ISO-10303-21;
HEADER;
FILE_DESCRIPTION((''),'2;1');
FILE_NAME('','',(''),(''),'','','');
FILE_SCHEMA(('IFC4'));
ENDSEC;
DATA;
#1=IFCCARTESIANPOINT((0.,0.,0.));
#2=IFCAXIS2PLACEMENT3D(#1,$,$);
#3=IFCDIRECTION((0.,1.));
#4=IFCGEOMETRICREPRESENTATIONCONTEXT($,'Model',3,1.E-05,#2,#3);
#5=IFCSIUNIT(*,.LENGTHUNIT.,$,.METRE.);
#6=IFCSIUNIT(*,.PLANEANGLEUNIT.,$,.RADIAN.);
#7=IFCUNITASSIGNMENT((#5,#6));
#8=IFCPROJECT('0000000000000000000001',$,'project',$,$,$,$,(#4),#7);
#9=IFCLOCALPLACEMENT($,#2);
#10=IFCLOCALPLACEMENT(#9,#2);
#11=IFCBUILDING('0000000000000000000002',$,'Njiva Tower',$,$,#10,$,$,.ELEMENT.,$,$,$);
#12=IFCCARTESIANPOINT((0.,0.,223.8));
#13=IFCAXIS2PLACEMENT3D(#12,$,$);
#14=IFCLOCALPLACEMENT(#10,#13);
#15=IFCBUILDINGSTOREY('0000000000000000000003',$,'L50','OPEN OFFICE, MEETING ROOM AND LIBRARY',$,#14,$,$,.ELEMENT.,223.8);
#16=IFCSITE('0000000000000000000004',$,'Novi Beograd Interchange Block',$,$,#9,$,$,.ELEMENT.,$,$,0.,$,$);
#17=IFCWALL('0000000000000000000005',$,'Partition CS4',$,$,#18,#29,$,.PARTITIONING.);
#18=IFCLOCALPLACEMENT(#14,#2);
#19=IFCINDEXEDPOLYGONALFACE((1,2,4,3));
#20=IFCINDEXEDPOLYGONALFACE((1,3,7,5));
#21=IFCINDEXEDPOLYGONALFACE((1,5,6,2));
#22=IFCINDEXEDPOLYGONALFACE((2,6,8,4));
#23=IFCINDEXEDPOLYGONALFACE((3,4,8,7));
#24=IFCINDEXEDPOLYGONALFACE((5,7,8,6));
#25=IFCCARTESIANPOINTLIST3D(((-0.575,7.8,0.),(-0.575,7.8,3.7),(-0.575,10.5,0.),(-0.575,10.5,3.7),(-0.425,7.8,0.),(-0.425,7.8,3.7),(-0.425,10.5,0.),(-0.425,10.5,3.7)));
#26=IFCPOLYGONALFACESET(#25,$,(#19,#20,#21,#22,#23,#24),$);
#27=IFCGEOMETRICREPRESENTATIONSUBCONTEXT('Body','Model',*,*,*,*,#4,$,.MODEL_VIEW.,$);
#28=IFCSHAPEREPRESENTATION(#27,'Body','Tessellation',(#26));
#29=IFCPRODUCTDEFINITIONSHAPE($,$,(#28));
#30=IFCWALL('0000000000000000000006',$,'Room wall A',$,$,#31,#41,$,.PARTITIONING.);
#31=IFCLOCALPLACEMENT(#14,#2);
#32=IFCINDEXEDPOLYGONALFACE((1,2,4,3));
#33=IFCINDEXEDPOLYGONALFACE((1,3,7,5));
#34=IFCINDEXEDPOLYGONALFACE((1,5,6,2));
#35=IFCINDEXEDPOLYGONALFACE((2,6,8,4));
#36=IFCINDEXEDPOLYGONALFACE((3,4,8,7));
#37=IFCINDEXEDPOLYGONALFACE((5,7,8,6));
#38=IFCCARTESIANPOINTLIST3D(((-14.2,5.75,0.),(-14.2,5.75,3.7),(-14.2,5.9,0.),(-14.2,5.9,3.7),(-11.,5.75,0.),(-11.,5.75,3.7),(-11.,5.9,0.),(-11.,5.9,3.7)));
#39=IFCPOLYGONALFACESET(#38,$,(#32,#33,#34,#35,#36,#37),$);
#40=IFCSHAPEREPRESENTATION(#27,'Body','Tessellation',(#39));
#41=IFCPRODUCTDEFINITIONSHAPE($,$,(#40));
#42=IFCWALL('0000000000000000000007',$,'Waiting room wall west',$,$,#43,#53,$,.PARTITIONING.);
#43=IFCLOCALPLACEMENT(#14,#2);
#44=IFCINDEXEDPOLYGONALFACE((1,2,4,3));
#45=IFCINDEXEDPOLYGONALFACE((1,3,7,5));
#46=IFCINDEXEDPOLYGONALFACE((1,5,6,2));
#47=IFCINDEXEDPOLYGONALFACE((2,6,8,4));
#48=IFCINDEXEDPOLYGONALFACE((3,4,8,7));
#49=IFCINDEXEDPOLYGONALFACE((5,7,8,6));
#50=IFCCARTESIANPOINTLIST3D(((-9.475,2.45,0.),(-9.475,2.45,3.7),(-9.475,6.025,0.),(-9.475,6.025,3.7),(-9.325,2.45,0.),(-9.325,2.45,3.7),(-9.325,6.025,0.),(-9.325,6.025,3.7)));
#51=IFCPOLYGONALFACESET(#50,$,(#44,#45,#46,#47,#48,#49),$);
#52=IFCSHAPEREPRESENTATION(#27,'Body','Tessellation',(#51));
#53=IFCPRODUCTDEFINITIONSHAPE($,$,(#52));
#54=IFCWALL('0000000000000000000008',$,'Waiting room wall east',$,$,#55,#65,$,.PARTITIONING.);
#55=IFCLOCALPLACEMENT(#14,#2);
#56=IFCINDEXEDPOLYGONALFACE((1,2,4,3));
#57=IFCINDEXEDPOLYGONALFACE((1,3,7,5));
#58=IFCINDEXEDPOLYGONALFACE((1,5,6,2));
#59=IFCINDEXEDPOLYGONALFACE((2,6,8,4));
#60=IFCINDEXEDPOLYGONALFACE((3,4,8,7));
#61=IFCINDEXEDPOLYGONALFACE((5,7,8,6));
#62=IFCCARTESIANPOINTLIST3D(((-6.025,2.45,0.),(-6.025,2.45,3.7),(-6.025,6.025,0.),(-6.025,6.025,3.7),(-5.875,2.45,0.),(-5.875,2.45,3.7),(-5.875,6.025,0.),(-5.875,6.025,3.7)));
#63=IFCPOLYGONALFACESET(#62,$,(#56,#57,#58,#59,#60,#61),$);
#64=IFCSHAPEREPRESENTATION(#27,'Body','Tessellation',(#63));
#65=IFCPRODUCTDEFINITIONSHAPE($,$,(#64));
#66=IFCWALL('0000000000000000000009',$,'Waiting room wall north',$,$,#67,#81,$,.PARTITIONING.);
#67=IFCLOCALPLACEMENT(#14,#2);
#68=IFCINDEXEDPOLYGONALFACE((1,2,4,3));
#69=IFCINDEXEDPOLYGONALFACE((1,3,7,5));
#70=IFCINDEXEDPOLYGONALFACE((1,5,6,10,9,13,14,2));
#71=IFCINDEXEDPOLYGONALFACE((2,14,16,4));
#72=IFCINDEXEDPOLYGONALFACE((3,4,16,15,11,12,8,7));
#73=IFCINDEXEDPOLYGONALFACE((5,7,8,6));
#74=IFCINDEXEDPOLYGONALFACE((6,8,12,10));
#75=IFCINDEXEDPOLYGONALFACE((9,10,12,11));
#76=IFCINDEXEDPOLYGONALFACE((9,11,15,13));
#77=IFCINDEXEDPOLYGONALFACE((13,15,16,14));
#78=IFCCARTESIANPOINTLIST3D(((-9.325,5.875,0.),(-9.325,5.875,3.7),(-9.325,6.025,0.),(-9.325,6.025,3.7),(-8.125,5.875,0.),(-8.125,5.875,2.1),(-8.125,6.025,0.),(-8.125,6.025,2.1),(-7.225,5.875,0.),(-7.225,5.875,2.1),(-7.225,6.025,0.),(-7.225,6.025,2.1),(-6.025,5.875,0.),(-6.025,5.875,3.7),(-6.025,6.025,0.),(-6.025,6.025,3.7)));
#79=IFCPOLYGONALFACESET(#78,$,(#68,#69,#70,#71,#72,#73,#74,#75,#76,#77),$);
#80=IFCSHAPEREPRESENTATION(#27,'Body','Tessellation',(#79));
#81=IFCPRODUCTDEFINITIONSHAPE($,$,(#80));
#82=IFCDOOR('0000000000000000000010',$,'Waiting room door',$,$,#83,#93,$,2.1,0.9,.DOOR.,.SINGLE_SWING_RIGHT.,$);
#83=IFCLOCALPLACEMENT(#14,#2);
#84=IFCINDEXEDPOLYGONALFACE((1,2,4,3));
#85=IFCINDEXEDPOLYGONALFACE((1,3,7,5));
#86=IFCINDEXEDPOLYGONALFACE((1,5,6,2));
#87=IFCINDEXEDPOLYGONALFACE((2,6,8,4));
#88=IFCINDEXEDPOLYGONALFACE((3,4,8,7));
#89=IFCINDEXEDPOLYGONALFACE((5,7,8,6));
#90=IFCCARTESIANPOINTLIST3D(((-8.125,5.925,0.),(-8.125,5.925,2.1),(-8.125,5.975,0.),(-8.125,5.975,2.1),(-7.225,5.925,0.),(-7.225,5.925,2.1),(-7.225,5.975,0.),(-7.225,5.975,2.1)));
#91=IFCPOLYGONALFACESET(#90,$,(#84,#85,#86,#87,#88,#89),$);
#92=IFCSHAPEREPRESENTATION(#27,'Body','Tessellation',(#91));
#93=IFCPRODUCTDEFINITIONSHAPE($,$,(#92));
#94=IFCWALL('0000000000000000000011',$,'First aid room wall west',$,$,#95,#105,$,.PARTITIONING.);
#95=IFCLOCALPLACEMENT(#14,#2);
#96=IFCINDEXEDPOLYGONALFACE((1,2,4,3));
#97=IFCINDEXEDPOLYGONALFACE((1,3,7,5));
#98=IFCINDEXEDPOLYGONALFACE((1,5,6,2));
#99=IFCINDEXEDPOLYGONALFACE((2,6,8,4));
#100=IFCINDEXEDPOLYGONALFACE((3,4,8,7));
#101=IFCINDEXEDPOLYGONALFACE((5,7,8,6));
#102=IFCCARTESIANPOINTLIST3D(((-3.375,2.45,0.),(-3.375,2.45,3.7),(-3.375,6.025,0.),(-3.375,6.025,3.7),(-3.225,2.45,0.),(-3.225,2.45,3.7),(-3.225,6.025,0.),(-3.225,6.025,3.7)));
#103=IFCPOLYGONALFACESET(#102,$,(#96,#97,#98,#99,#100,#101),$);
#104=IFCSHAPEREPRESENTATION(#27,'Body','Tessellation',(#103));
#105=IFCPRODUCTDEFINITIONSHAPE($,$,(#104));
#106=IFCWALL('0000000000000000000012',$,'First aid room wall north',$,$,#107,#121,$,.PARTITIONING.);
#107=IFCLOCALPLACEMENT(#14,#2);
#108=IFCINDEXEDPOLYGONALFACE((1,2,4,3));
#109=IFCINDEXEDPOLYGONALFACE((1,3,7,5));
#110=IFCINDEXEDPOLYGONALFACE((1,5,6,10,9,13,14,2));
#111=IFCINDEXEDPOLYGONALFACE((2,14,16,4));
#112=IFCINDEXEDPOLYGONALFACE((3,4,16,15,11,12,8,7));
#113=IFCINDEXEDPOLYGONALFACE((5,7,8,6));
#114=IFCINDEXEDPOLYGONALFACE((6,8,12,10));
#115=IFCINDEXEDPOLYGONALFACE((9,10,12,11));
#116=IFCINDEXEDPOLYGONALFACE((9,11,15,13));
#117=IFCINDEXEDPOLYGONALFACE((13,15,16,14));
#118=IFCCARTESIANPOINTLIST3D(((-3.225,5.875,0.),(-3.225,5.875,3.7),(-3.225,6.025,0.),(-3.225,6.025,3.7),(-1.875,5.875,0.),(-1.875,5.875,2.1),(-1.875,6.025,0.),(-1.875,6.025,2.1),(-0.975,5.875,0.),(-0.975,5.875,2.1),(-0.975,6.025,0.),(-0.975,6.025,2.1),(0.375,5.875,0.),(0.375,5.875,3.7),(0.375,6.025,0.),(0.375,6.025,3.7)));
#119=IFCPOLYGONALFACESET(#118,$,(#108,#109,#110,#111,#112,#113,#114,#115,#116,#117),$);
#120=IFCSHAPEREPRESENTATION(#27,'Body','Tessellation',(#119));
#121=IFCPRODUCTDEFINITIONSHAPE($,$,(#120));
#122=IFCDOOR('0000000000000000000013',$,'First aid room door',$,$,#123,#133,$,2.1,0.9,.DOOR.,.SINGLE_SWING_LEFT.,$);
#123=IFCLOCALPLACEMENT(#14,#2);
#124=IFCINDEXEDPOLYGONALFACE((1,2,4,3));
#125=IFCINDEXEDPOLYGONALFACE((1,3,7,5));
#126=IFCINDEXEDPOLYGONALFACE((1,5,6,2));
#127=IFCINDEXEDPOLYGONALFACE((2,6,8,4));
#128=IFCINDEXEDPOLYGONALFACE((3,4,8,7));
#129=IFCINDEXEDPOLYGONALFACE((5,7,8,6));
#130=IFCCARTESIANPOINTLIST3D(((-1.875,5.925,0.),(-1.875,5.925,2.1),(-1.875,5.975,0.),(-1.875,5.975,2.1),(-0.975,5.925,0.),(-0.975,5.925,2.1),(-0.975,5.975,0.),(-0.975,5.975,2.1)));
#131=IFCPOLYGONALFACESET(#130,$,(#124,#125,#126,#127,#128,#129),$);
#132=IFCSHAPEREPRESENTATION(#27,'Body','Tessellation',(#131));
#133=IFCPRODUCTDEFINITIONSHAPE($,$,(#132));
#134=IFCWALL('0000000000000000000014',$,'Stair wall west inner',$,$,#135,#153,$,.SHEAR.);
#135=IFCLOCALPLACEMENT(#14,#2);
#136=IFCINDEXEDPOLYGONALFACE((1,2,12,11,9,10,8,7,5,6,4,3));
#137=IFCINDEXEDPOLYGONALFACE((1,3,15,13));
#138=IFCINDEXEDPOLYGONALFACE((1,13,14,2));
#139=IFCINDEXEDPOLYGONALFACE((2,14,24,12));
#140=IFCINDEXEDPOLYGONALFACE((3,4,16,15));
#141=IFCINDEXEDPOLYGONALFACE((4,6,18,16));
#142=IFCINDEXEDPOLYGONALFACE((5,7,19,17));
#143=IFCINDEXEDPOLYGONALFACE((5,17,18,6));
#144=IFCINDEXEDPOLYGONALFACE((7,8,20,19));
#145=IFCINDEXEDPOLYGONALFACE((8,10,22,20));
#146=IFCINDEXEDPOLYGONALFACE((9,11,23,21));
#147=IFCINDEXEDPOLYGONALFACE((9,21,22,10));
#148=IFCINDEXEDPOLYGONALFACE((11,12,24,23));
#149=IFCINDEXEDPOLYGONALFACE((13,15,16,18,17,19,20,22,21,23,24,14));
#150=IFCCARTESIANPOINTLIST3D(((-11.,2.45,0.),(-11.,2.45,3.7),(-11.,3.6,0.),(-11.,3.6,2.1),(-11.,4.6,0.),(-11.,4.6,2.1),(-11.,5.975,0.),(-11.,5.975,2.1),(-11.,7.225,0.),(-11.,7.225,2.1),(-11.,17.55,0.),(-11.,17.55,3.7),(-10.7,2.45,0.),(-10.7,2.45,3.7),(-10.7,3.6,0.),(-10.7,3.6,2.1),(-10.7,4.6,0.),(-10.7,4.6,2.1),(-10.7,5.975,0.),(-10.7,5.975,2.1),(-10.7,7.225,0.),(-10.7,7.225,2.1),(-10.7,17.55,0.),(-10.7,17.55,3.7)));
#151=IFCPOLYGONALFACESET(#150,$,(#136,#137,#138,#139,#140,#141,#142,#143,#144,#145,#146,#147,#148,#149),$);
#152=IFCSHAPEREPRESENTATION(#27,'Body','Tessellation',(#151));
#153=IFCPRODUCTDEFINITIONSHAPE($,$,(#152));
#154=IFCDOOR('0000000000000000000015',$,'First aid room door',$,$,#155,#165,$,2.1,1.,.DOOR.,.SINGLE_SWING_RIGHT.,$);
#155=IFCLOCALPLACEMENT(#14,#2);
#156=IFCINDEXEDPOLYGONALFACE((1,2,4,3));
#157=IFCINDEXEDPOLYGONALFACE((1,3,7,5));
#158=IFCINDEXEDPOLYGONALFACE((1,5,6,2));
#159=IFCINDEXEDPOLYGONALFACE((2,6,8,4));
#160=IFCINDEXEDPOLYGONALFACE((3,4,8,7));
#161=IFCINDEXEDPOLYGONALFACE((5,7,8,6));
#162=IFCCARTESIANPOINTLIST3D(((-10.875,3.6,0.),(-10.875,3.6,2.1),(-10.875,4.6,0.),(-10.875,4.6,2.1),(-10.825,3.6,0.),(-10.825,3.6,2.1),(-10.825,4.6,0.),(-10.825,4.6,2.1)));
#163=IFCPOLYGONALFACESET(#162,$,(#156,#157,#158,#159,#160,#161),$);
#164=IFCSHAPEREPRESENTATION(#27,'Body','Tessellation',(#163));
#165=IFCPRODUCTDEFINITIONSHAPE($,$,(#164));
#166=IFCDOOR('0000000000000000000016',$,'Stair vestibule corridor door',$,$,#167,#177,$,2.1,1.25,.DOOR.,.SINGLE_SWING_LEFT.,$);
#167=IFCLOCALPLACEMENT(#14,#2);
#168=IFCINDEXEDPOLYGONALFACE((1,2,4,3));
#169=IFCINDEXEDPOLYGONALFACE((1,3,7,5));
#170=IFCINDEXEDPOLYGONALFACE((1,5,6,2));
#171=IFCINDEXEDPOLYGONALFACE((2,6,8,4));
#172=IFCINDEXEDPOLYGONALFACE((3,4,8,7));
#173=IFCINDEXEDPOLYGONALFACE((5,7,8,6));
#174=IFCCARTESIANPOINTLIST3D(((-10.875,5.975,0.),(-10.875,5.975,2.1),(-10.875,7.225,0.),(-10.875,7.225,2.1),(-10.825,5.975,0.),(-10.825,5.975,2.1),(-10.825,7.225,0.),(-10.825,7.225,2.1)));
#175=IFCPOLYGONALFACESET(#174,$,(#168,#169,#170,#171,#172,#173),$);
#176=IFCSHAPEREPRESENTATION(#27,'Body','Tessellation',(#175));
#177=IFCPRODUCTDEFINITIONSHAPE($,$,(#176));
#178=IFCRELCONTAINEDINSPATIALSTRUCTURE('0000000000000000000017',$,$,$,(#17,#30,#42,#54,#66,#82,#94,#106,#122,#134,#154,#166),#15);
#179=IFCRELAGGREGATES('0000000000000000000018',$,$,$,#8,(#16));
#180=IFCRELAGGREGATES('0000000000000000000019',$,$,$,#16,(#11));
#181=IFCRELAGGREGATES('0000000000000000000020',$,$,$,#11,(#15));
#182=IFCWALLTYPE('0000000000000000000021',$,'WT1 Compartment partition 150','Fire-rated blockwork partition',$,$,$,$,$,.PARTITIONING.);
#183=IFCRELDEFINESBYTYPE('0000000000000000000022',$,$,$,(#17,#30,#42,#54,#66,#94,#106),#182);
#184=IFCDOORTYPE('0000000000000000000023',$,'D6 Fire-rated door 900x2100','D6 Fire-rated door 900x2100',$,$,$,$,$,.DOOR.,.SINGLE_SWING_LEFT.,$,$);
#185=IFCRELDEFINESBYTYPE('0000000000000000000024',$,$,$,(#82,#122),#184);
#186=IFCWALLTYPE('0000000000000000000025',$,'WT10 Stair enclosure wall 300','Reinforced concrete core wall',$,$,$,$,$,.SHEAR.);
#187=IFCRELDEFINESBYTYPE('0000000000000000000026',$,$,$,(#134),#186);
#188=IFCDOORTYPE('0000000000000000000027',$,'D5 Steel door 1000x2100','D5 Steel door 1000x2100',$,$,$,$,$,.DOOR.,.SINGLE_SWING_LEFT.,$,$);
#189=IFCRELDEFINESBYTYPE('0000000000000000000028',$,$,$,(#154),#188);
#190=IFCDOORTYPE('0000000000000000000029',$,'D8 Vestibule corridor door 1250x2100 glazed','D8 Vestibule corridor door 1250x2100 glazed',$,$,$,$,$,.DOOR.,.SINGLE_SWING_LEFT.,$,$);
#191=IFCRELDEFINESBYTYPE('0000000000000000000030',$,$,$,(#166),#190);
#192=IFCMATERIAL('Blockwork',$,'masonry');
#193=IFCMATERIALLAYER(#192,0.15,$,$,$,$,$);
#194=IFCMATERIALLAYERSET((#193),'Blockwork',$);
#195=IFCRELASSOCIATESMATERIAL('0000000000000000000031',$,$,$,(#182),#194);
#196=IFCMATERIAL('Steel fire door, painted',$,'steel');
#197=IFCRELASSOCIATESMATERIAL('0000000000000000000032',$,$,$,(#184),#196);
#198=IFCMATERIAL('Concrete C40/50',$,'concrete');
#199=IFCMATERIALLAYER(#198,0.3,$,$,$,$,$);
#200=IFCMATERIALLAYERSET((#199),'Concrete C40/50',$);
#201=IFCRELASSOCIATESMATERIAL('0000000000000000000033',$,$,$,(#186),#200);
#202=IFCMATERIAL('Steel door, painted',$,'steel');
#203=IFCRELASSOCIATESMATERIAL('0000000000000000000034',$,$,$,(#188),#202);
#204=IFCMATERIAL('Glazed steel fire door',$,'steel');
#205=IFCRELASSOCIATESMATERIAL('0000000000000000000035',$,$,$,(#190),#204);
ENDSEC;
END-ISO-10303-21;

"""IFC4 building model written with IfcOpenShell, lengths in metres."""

from ifc_helpers import new_model, si_unit, direction, frame, frame_2d, origin, place, context, subcontext, project, spatial, rectangle, extrude, material, layer, layer_set, type_object, element, fill, save


model = new_model("IFC4")

# Units and contexts
model_context = context("Model", 3, precision=1e-05, world=origin(), true_north=direction((0.0, 1.0)))
body_context = subcontext(model_context, "Body", "Model", "MODEL_VIEW")
ifc_project = project(units=[si_unit("LENGTHUNIT", "METRE"), si_unit("PLANEANGLEUNIT", "RADIAN")], contexts=[model_context])

# Site, building, storey
site_placement = place(None, origin())
site = spatial("IfcSite", under=ifc_project, at=site_placement, Name="Novi Beograd Interchange Block", CompositionType="ELEMENT", RefElevation=0.0)
building_placement = place(site_placement, origin())
building = spatial("IfcBuilding", under=site, at=building_placement, Name="Njiva Tower", CompositionType="ELEMENT")
storey_placement = place(building_placement, frame((0.0, 0.0, 223.8)))
storey = spatial("IfcBuildingStorey", under=building, at=storey_placement, Name="L50", Description="OPEN OFFICE, MEETING ROOM AND LIBRARY", CompositionType="ELEMENT", Elevation=223.8)

# Walls
ifc_material_1 = material(Name="Blockwork", Category="masonry")
ifc_layer_1 = layer(ifc_material_1, 0.15)
ifc_layer_set_1 = layer_set([ifc_layer_1], Name="Blockwork")
wall_type_1 = type_object("IfcWallType", Name="WT1 Compartment partition 150", Description="Fire-rated blockwork partition", PredefinedType="PARTITIONING", material=ifc_layer_set_1)
wall_1_placement = place(storey_placement, frame((-0.5, 7.8, 0.0), z_axis=(0.0, 0.0, 1.0), x_axis=(0.0, 1.0, 0.0)))
element("IfcWall", 1, at=wall_1_placement, inside=storey, type_object=wall_type_1, Name="Partition CS4", PredefinedType="PARTITIONING", context=body_context, shape_type="SweptSolid", body=[
    extrude(rectangle(XDim=2.7, YDim=0.15, at=frame_2d((1.35, 0.0))), origin(), (0.0, 0.0, 1.0), 3.7),
])
wall_2_placement = place(storey_placement, frame((-14.2, 5.825, 0.0), z_axis=(0.0, 0.0, 1.0), x_axis=(1.0, 0.0, 0.0)))
element("IfcWall", 2, at=wall_2_placement, inside=storey, type_object=wall_type_1, Name="Room wall A", PredefinedType="PARTITIONING", context=body_context, shape_type="SweptSolid", body=[
    extrude(rectangle(XDim=3.2, YDim=0.15, at=frame_2d((1.6, 0.0))), origin(), (0.0, 0.0, 1.0), 3.7),
])
for number, where, z_axis, x_axis, name in (
    (3, (-9.4, 2.45, 0.0), (0.0, 0.0, 1.0), (0.0, 1.0, 0.0), "Waiting room wall west"),
    (4, (-5.95, 2.45, 0.0), (0.0, 0.0, 1.0), (0.0, 1.0, 0.0), "Waiting room wall east"),
):
    element("IfcWall", number, at=place(storey_placement, frame(where, z_axis=z_axis, x_axis=x_axis)), inside=storey, type_object=wall_type_1, Name=name, PredefinedType="PARTITIONING", context=body_context, shape_type="SweptSolid", body=[
        extrude(rectangle(XDim=3.575, YDim=0.15, at=frame_2d((1.7875, 0.0))), origin(), (0.0, 0.0, 1.0), 3.7),
    ])

# Wall, opening, door
wall_3_placement = place(storey_placement, frame((-9.325, 5.95, 0.0), z_axis=(0.0, 0.0, 1.0), x_axis=(1.0, 0.0, 0.0)))
wall_3 = element("IfcWall", 5, at=wall_3_placement, inside=storey, type_object=wall_type_1, Name="Waiting room wall north", PredefinedType="PARTITIONING", context=body_context, shape_type="SweptSolid", body=[
    extrude(rectangle(XDim=3.3, YDim=0.15, at=frame_2d((1.65, 0.0))), origin(), (0.0, 0.0, 1.0), 3.7),
])
opening_1_placement = place(wall_3_placement, frame((1.2, 0.0, 0.0)))
opening_1 = element("IfcOpeningElement", 6, at=opening_1_placement, cuts=wall_3, PredefinedType="OPENING", context=body_context, shape_type="SweptSolid", body=[
    extrude(rectangle(XDim=0.9, YDim=2.1, at=frame_2d((0.45, 1.05))), frame((0.0, 0.085, 0.0), z_axis=(0.0, -1.0, 0.0), x_axis=(1.0, 0.0, 0.0)), (0.0, 0.0, 1.0), 0.17),
])
ifc_material_2 = material(Name="Steel fire door, painted", Category="steel")
door_type_1 = type_object("IfcDoorType", Name="D6 Fire-rated door 900x2100", Description="D6 Fire-rated door 900x2100", OperationType="SINGLE_SWING_LEFT", PredefinedType="DOOR", material=ifc_material_2)
door_1_placement = place(opening_1_placement, origin())
door_1 = element("IfcDoor", 7, at=door_1_placement, inside=storey, type_object=door_type_1, Name="Waiting room door", OperationType="SINGLE_SWING_RIGHT", OverallHeight=2.1, OverallWidth=0.9, PredefinedType="DOOR", context=body_context, shape_type="SweptSolid", body=[
    extrude(rectangle(XDim=0.9, YDim=2.1, at=frame_2d((0.45, 1.05))), frame((0.0, 0.025, 0.0), z_axis=(0.0, -1.0, 0.0), x_axis=(1.0, 0.0, 0.0)), (0.0, 0.0, 1.0), 0.05),
])
fill(opening_1, door_1)

# Wall
wall_4_placement = place(storey_placement, frame((-3.3, 2.45, 0.0), z_axis=(0.0, 0.0, 1.0), x_axis=(0.0, 1.0, 0.0)))
element("IfcWall", 8, at=wall_4_placement, inside=storey, type_object=wall_type_1, Name="First aid room wall west", PredefinedType="PARTITIONING", context=body_context, shape_type="SweptSolid", body=[
    extrude(rectangle(XDim=3.575, YDim=0.15, at=frame_2d((1.7875, 0.0))), origin(), (0.0, 0.0, 1.0), 3.7),
])

# Wall, opening, door
wall_5_placement = place(storey_placement, frame((-3.225, 5.95, 0.0), z_axis=(0.0, 0.0, 1.0), x_axis=(1.0, 0.0, 0.0)))
wall_5 = element("IfcWall", 9, at=wall_5_placement, inside=storey, type_object=wall_type_1, Name="First aid room wall north", PredefinedType="PARTITIONING", context=body_context, shape_type="SweptSolid", body=[
    extrude(rectangle(XDim=3.6, YDim=0.15, at=frame_2d((1.8, 0.0))), origin(), (0.0, 0.0, 1.0), 3.7),
])
opening_2_placement = place(wall_5_placement, frame((1.35, 0.0, 0.0)))
opening_2 = element("IfcOpeningElement", 10, at=opening_2_placement, cuts=wall_5, PredefinedType="OPENING", context=body_context, shape_type="SweptSolid", body=[
    extrude(rectangle(XDim=0.9, YDim=2.1, at=frame_2d((0.45, 1.05))), frame((0.0, 0.085, 0.0), z_axis=(0.0, -1.0, 0.0), x_axis=(1.0, 0.0, 0.0)), (0.0, 0.0, 1.0), 0.17),
])
door_2_placement = place(opening_2_placement, origin())
door_2 = element("IfcDoor", 11, at=door_2_placement, inside=storey, type_object=door_type_1, Name="First aid room door", OperationType="SINGLE_SWING_LEFT", OverallHeight=2.1, OverallWidth=0.9, PredefinedType="DOOR", context=body_context, shape_type="SweptSolid", body=[
    extrude(rectangle(XDim=0.9, YDim=2.1, at=frame_2d((0.45, 1.05))), frame((0.0, 0.025, 0.0), z_axis=(0.0, -1.0, 0.0), x_axis=(1.0, 0.0, 0.0)), (0.0, 0.0, 1.0), 0.05),
])
fill(opening_2, door_2)

# Wall, openings, doors
ifc_material_3 = material(Name="Concrete C40/50", Category="concrete")
ifc_layer_2 = layer(ifc_material_3, 0.3)
ifc_layer_set_2 = layer_set([ifc_layer_2], Name="Concrete C40/50")
wall_type_2 = type_object("IfcWallType", Name="WT10 Stair enclosure wall 300", Description="Reinforced concrete core wall", PredefinedType="SHEAR", material=ifc_layer_set_2)
wall_6_placement = place(storey_placement, frame((-10.85, 2.45, 0.0), z_axis=(0.0, 0.0, 1.0), x_axis=(0.0, 1.0, 0.0)))
wall_6 = element("IfcWall", 12, at=wall_6_placement, inside=storey, type_object=wall_type_2, Name="Stair wall west inner", PredefinedType="SHEAR", context=body_context, shape_type="SweptSolid", body=[
    extrude(rectangle(XDim=15.1, YDim=0.3, at=frame_2d((7.55, 0.0))), origin(), (0.0, 0.0, 1.0), 3.7),
])
opening_3_placement = place(wall_6_placement, frame((3.525, 0.0, 0.0)))
opening_3 = element("IfcOpeningElement", 13, at=opening_3_placement, cuts=wall_6, PredefinedType="OPENING", context=body_context, shape_type="SweptSolid", body=[
    extrude(rectangle(XDim=1.25, YDim=2.1, at=frame_2d((0.625, 1.05))), frame((0.0, 0.16, 0.0), z_axis=(0.0, -1.0, 0.0), x_axis=(1.0, 0.0, 0.0)), (0.0, 0.0, 1.0), 0.32),
])
opening_4_placement = place(wall_6_placement, frame((1.15, 0.0, 0.0)))
opening_4 = element("IfcOpeningElement", 14, at=opening_4_placement, cuts=wall_6, PredefinedType="OPENING", context=body_context, shape_type="SweptSolid", body=[
    extrude(rectangle(XDim=1.0, YDim=2.1, at=frame_2d((0.5, 1.05))), frame((0.0, 0.16, 0.0), z_axis=(0.0, -1.0, 0.0), x_axis=(1.0, 0.0, 0.0)), (0.0, 0.0, 1.0), 0.32),
])
ifc_material_4 = material(Name="Steel door, painted", Category="steel")
door_type_2 = type_object("IfcDoorType", Name="D5 Steel door 1000x2100", Description="D5 Steel door 1000x2100", OperationType="SINGLE_SWING_LEFT", PredefinedType="DOOR", material=ifc_material_4)
door_3_placement = place(opening_4_placement, origin())
door_3 = element("IfcDoor", 15, at=door_3_placement, inside=storey, type_object=door_type_2, Name="First aid room door", OperationType="SINGLE_SWING_RIGHT", OverallHeight=2.1, OverallWidth=1.0, PredefinedType="DOOR", context=body_context, shape_type="SweptSolid", body=[
    extrude(rectangle(XDim=1.0, YDim=2.1, at=frame_2d((0.5, 1.05))), frame((0.0, 0.025, 0.0), z_axis=(0.0, -1.0, 0.0), x_axis=(1.0, 0.0, 0.0)), (0.0, 0.0, 1.0), 0.05),
])
fill(opening_4, door_3)
ifc_material_5 = material(Name="Glazed steel fire door", Category="steel")
door_type_3 = type_object("IfcDoorType", Name="D8 Vestibule corridor door 1250x2100 glazed", Description="D8 Vestibule corridor door 1250x2100 glazed", OperationType="SINGLE_SWING_LEFT", PredefinedType="DOOR", material=ifc_material_5)
door_4_placement = place(opening_3_placement, origin())
door_4 = element("IfcDoor", 16, at=door_4_placement, inside=storey, type_object=door_type_3, Name="Stair vestibule corridor door", OperationType="SINGLE_SWING_LEFT", OverallHeight=2.1, OverallWidth=1.25, PredefinedType="DOOR", context=body_context, shape_type="SweptSolid", body=[
    extrude(rectangle(XDim=1.25, YDim=2.1, at=frame_2d((0.625, 1.05))), frame((0.0, 0.025, 0.0), z_axis=(0.0, -1.0, 0.0), x_axis=(1.0, 0.0, 0.0)), (0.0, 0.0, 1.0), 0.05),
])
fill(opening_3, door_4)

save(model, "model.ifc")
